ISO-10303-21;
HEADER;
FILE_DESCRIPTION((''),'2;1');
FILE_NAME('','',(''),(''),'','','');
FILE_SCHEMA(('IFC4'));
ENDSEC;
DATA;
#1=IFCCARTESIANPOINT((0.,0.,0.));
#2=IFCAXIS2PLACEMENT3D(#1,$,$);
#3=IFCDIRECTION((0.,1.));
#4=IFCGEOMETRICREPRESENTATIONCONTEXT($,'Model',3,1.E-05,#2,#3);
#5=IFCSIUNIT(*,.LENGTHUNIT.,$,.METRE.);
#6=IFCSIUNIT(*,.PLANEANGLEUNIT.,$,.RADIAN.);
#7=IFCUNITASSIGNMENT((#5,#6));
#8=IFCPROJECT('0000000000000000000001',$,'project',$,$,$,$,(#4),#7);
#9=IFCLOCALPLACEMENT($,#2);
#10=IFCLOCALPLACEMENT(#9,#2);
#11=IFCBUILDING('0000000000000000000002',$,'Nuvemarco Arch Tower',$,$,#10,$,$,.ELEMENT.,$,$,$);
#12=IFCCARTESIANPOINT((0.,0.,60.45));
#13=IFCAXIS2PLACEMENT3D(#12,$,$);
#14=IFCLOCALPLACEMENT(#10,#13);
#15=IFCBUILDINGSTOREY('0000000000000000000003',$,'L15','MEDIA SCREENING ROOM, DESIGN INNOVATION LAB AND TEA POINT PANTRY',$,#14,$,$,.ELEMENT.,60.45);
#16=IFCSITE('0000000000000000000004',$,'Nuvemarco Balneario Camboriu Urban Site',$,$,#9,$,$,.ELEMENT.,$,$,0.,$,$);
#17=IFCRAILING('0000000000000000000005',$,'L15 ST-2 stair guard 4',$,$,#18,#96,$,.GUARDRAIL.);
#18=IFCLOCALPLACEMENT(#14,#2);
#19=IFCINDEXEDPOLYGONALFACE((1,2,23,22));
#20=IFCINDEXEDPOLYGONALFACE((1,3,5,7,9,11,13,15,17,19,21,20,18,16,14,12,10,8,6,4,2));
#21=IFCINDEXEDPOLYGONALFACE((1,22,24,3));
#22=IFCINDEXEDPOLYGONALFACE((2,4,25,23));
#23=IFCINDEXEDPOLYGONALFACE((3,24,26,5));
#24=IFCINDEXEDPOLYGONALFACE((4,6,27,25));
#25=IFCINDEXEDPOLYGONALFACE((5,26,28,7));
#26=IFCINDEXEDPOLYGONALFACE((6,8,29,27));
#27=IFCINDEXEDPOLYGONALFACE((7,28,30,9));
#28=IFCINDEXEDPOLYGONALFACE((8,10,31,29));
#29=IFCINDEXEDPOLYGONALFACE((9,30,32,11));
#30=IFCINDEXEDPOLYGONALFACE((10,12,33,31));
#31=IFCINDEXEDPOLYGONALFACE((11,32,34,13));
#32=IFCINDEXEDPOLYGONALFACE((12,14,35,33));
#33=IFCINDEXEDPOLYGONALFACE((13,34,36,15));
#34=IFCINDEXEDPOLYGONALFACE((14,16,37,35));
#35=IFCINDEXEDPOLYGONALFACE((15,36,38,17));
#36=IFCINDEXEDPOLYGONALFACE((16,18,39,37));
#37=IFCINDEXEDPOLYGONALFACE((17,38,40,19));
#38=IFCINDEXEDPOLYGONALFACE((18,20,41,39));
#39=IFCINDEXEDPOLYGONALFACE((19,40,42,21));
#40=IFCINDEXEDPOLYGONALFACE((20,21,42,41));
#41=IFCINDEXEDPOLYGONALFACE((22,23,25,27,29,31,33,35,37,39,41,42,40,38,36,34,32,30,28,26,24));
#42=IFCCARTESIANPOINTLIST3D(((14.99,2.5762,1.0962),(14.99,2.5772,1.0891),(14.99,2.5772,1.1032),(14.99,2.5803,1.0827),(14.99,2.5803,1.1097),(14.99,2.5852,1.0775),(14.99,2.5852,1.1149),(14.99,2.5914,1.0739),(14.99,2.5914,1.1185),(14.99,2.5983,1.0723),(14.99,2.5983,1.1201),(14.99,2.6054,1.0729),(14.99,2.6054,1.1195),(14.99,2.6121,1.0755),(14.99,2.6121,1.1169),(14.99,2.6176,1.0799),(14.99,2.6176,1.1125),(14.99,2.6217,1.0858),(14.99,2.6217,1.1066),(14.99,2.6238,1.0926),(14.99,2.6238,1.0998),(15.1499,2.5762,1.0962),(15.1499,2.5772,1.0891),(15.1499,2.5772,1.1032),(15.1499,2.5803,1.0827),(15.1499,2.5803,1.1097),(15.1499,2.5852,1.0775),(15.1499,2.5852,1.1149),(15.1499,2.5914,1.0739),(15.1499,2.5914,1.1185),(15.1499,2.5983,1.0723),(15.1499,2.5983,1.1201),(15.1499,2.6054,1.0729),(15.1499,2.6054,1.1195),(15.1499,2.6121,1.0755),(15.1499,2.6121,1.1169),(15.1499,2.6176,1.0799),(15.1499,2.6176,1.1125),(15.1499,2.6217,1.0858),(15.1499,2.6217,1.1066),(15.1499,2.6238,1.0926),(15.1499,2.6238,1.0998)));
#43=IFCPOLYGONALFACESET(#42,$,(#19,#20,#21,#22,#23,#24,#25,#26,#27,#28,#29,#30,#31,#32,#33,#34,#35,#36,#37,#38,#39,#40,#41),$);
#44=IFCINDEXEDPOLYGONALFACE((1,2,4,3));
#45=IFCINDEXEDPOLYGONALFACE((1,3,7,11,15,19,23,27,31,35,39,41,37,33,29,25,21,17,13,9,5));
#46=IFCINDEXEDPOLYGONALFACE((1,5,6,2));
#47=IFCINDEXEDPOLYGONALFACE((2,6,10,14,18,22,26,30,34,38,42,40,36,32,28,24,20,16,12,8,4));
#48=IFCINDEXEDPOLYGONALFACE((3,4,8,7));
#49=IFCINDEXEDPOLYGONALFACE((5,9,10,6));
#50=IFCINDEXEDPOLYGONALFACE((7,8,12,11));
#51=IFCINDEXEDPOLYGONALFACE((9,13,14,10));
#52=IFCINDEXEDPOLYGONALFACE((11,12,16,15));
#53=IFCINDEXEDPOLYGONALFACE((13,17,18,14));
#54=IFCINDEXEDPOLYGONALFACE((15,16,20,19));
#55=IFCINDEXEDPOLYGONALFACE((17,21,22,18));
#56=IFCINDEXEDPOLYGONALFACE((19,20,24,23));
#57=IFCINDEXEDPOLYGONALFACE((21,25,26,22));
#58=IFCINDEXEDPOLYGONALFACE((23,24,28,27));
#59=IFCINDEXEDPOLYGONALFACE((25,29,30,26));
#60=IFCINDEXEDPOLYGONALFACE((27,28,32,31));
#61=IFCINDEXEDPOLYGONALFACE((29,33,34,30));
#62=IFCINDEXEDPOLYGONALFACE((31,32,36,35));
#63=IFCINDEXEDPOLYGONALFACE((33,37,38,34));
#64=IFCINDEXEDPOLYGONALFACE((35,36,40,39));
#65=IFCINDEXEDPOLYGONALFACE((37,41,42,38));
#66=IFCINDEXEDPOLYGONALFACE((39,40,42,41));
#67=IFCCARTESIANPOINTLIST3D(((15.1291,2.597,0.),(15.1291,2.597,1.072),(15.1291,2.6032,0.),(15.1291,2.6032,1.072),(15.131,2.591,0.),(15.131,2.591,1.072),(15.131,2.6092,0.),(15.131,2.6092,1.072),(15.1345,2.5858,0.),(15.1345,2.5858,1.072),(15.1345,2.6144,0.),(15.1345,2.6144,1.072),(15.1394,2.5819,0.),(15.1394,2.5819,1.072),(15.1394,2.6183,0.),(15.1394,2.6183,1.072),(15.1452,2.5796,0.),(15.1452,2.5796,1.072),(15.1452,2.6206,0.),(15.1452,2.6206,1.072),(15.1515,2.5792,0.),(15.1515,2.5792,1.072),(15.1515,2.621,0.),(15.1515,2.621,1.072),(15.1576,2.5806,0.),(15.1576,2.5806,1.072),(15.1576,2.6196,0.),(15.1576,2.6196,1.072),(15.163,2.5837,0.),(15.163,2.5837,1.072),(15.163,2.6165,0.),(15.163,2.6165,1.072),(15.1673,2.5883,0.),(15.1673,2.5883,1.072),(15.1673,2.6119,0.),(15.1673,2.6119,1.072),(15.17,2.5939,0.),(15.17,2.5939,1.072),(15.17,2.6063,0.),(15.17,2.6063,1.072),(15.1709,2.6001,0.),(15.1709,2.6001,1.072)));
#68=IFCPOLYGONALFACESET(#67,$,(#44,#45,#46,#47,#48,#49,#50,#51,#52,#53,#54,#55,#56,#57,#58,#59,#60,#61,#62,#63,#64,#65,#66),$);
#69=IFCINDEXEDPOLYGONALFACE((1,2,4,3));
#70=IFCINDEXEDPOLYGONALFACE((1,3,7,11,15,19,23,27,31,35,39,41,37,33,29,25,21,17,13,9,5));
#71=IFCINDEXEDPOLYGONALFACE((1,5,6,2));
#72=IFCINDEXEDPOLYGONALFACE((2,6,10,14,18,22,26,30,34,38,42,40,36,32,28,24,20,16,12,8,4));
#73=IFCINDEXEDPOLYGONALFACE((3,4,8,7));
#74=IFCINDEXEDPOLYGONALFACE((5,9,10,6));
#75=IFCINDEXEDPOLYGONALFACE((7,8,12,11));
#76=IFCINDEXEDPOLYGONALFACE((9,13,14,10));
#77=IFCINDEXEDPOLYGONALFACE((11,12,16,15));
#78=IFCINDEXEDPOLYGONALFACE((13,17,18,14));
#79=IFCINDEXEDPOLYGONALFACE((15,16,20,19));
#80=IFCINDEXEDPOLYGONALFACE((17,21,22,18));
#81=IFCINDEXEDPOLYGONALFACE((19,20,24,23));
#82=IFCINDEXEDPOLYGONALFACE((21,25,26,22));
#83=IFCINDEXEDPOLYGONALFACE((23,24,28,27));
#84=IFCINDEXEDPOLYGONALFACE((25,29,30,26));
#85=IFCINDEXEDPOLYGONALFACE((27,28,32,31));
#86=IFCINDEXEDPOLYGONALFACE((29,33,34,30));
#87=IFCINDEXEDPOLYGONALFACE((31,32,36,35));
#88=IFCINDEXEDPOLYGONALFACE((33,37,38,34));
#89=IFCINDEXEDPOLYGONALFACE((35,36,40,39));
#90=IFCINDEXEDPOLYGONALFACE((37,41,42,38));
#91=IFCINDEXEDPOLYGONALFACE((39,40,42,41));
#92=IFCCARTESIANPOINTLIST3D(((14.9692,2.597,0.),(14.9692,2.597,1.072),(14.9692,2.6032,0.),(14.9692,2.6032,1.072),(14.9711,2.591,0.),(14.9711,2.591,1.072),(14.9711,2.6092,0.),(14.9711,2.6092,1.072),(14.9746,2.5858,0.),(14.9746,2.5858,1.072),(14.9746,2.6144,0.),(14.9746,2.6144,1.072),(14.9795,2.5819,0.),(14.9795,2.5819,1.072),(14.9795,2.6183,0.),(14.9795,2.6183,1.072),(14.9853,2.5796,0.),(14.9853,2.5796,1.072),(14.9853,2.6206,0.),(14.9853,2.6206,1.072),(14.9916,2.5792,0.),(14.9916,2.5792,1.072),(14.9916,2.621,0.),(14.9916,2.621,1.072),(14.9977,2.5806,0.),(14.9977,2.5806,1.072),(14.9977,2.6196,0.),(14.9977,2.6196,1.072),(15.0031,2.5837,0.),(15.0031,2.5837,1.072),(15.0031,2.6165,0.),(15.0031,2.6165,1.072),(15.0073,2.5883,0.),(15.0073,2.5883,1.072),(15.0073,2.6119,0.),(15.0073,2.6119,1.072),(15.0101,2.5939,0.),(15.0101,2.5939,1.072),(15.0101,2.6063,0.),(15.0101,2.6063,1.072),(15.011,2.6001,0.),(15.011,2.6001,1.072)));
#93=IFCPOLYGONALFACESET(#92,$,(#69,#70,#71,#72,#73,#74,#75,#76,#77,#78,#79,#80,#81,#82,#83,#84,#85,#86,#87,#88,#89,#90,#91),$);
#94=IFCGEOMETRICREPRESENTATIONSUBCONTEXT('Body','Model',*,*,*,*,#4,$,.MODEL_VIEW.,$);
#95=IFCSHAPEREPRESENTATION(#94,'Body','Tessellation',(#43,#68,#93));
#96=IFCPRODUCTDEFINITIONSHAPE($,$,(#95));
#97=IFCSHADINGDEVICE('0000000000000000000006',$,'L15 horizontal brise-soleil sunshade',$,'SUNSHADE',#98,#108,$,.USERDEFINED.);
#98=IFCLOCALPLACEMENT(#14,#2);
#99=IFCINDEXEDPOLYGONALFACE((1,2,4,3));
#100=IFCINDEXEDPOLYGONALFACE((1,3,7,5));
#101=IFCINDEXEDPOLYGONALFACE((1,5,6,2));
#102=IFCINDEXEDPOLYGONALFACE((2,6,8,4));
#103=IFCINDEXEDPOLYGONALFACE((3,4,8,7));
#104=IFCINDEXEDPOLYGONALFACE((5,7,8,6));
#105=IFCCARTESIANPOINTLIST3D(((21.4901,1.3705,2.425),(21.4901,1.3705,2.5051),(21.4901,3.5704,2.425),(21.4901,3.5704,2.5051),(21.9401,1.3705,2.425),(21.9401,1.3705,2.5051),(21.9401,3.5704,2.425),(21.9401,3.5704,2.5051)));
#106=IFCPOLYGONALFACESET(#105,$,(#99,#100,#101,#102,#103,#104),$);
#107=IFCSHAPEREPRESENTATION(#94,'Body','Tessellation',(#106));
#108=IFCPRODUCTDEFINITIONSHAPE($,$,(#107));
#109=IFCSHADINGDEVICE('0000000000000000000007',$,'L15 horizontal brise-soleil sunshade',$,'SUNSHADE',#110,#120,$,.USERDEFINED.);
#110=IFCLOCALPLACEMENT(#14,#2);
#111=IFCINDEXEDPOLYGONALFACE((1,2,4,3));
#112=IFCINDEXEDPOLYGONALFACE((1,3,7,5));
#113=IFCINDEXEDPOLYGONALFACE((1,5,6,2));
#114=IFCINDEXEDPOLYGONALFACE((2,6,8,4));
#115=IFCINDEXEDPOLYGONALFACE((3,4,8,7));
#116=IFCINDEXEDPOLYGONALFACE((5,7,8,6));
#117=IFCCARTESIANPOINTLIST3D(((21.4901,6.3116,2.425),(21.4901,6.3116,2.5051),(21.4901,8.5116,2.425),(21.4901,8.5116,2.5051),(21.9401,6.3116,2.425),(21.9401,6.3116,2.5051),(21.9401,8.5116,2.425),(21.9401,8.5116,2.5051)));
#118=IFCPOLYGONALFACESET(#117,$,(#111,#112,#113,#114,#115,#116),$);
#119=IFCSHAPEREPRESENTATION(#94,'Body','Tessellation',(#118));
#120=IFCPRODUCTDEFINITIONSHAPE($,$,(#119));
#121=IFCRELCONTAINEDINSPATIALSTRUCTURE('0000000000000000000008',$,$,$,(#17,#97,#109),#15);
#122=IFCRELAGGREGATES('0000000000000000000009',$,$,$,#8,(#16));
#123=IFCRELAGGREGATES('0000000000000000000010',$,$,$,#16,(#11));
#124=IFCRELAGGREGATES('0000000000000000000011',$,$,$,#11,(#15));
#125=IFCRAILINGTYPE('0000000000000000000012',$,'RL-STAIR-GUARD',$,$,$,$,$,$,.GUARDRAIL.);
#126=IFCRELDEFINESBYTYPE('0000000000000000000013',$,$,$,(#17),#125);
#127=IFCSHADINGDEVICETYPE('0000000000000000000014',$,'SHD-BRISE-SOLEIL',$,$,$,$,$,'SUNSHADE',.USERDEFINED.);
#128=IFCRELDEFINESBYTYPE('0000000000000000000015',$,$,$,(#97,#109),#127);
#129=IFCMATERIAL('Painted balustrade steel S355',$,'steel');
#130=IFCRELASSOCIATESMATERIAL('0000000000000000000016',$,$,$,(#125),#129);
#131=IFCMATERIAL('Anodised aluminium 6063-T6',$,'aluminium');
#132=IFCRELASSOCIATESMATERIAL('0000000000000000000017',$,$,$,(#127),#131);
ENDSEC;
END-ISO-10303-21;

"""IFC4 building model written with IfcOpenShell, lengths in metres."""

from ifc_helpers import new_model, si_unit, direction, frame, origin, origin_2d, place, context, subcontext, project, spatial, rectangle, circle, extrude, source, transform, mapped, material, type_object, type_shapes, element, save


model = new_model("IFC4")

# Units and contexts
model_context = context("Model", 3, precision=1e-05, world=origin(), true_north=direction((0.0, 1.0)))
body_context = subcontext(model_context, "Body", "Model", "MODEL_VIEW")
ifc_project = project(units=[si_unit("LENGTHUNIT", "METRE"), si_unit("PLANEANGLEUNIT", "RADIAN")], contexts=[model_context])

# Site, building, storey
site_placement = place(None, origin())
site = spatial("IfcSite", under=ifc_project, at=site_placement, Name="Nuvemarco Balneario Camboriu Urban Site", CompositionType="ELEMENT", RefElevation=0.0)
building_placement = place(site_placement, origin())
building = spatial("IfcBuilding", under=site, at=building_placement, Name="Nuvemarco Arch Tower", CompositionType="ELEMENT")
storey_placement = place(building_placement, frame((0.0, 0.0, 60.45)))
storey = spatial("IfcBuildingStorey", under=building, at=storey_placement, Name="L15", Description="MEDIA SCREENING ROOM, DESIGN INNOVATION LAB AND TEA POINT PANTRY", CompositionType="ELEMENT", Elevation=60.45)

# Railing
ifc_material_1 = material(Name="Painted balustrade steel S355", Category="steel")
railing_type_1 = type_object("IfcRailingType", Name="RL-STAIR-GUARD", PredefinedType="GUARDRAIL", material=ifc_material_1)
railing_1_placement = place(storey_placement, frame((15.1499, 2.6001, 0.0)))
element("IfcRailing", 1, at=railing_1_placement, inside=storey, type_object=railing_type_1, Name="L15 ST-2 stair guard 4", PredefinedType="GUARDRAIL", context=body_context, shape_type="SweptSolid", body=[
    extrude(circle(Radius=0.0239, at=origin_2d()), frame((0.0, 0.0, 1.0962), z_axis=(-1.0, 0.0, 0.0), x_axis=(0.0, -1.0, 0.0)), (0.0, 0.0, 1.0), 0.1599),
    extrude(circle(Radius=0.021, at=origin_2d()), origin(), (0.0, 0.0, 1.0), 1.072),
    extrude(circle(Radius=0.021, at=origin_2d()), frame((-0.1599, 0.0, 0.0)), (0.0, 0.0, 1.0), 1.072),
])

# Shading devices
ifc_material_2 = material(Name="Anodised aluminium 6063-T6", Category="aluminium")
shading_device_type = type_object("IfcShadingDeviceType", Name="SHD-BRISE-SOLEIL", ElementType="SUNSHADE", PredefinedType="USERDEFINED", material=ifc_material_2)
shared_shape_1 = source(origin(), body_context, "Body", "SweptSolid", [
    extrude(rectangle(XDim=2.2, YDim=0.45, at=origin_2d()), origin(), (0.0, 0.0, 1.0), 0.0801),
])
type_shapes(shading_device_type, [shared_shape_1])
for number, where, z_axis, x_axis, name in (
    (2, (21.7151, 2.4705, 2.425), (0.0, 0.0, 1.0), (0.0, 1.0, 0.0), "L15 horizontal brise-soleil sunshade"),
    (3, (21.7151, 7.4116, 2.425), (0.0, 0.0, 1.0), (0.0, 1.0, 0.0), "L15 horizontal brise-soleil sunshade"),
):
    element("IfcShadingDevice", number, at=place(storey_placement, frame(where, z_axis=z_axis, x_axis=x_axis)), inside=storey, type_object=shading_device_type, Name=name, ObjectType="SUNSHADE", PredefinedType="USERDEFINED", context=body_context, shape_type="MappedRepresentation", body=[
        mapped(shared_shape_1, transform((0.0, 0.0, 0.0), scale=1.0)),
    ])

save(model, "model.ifc")
